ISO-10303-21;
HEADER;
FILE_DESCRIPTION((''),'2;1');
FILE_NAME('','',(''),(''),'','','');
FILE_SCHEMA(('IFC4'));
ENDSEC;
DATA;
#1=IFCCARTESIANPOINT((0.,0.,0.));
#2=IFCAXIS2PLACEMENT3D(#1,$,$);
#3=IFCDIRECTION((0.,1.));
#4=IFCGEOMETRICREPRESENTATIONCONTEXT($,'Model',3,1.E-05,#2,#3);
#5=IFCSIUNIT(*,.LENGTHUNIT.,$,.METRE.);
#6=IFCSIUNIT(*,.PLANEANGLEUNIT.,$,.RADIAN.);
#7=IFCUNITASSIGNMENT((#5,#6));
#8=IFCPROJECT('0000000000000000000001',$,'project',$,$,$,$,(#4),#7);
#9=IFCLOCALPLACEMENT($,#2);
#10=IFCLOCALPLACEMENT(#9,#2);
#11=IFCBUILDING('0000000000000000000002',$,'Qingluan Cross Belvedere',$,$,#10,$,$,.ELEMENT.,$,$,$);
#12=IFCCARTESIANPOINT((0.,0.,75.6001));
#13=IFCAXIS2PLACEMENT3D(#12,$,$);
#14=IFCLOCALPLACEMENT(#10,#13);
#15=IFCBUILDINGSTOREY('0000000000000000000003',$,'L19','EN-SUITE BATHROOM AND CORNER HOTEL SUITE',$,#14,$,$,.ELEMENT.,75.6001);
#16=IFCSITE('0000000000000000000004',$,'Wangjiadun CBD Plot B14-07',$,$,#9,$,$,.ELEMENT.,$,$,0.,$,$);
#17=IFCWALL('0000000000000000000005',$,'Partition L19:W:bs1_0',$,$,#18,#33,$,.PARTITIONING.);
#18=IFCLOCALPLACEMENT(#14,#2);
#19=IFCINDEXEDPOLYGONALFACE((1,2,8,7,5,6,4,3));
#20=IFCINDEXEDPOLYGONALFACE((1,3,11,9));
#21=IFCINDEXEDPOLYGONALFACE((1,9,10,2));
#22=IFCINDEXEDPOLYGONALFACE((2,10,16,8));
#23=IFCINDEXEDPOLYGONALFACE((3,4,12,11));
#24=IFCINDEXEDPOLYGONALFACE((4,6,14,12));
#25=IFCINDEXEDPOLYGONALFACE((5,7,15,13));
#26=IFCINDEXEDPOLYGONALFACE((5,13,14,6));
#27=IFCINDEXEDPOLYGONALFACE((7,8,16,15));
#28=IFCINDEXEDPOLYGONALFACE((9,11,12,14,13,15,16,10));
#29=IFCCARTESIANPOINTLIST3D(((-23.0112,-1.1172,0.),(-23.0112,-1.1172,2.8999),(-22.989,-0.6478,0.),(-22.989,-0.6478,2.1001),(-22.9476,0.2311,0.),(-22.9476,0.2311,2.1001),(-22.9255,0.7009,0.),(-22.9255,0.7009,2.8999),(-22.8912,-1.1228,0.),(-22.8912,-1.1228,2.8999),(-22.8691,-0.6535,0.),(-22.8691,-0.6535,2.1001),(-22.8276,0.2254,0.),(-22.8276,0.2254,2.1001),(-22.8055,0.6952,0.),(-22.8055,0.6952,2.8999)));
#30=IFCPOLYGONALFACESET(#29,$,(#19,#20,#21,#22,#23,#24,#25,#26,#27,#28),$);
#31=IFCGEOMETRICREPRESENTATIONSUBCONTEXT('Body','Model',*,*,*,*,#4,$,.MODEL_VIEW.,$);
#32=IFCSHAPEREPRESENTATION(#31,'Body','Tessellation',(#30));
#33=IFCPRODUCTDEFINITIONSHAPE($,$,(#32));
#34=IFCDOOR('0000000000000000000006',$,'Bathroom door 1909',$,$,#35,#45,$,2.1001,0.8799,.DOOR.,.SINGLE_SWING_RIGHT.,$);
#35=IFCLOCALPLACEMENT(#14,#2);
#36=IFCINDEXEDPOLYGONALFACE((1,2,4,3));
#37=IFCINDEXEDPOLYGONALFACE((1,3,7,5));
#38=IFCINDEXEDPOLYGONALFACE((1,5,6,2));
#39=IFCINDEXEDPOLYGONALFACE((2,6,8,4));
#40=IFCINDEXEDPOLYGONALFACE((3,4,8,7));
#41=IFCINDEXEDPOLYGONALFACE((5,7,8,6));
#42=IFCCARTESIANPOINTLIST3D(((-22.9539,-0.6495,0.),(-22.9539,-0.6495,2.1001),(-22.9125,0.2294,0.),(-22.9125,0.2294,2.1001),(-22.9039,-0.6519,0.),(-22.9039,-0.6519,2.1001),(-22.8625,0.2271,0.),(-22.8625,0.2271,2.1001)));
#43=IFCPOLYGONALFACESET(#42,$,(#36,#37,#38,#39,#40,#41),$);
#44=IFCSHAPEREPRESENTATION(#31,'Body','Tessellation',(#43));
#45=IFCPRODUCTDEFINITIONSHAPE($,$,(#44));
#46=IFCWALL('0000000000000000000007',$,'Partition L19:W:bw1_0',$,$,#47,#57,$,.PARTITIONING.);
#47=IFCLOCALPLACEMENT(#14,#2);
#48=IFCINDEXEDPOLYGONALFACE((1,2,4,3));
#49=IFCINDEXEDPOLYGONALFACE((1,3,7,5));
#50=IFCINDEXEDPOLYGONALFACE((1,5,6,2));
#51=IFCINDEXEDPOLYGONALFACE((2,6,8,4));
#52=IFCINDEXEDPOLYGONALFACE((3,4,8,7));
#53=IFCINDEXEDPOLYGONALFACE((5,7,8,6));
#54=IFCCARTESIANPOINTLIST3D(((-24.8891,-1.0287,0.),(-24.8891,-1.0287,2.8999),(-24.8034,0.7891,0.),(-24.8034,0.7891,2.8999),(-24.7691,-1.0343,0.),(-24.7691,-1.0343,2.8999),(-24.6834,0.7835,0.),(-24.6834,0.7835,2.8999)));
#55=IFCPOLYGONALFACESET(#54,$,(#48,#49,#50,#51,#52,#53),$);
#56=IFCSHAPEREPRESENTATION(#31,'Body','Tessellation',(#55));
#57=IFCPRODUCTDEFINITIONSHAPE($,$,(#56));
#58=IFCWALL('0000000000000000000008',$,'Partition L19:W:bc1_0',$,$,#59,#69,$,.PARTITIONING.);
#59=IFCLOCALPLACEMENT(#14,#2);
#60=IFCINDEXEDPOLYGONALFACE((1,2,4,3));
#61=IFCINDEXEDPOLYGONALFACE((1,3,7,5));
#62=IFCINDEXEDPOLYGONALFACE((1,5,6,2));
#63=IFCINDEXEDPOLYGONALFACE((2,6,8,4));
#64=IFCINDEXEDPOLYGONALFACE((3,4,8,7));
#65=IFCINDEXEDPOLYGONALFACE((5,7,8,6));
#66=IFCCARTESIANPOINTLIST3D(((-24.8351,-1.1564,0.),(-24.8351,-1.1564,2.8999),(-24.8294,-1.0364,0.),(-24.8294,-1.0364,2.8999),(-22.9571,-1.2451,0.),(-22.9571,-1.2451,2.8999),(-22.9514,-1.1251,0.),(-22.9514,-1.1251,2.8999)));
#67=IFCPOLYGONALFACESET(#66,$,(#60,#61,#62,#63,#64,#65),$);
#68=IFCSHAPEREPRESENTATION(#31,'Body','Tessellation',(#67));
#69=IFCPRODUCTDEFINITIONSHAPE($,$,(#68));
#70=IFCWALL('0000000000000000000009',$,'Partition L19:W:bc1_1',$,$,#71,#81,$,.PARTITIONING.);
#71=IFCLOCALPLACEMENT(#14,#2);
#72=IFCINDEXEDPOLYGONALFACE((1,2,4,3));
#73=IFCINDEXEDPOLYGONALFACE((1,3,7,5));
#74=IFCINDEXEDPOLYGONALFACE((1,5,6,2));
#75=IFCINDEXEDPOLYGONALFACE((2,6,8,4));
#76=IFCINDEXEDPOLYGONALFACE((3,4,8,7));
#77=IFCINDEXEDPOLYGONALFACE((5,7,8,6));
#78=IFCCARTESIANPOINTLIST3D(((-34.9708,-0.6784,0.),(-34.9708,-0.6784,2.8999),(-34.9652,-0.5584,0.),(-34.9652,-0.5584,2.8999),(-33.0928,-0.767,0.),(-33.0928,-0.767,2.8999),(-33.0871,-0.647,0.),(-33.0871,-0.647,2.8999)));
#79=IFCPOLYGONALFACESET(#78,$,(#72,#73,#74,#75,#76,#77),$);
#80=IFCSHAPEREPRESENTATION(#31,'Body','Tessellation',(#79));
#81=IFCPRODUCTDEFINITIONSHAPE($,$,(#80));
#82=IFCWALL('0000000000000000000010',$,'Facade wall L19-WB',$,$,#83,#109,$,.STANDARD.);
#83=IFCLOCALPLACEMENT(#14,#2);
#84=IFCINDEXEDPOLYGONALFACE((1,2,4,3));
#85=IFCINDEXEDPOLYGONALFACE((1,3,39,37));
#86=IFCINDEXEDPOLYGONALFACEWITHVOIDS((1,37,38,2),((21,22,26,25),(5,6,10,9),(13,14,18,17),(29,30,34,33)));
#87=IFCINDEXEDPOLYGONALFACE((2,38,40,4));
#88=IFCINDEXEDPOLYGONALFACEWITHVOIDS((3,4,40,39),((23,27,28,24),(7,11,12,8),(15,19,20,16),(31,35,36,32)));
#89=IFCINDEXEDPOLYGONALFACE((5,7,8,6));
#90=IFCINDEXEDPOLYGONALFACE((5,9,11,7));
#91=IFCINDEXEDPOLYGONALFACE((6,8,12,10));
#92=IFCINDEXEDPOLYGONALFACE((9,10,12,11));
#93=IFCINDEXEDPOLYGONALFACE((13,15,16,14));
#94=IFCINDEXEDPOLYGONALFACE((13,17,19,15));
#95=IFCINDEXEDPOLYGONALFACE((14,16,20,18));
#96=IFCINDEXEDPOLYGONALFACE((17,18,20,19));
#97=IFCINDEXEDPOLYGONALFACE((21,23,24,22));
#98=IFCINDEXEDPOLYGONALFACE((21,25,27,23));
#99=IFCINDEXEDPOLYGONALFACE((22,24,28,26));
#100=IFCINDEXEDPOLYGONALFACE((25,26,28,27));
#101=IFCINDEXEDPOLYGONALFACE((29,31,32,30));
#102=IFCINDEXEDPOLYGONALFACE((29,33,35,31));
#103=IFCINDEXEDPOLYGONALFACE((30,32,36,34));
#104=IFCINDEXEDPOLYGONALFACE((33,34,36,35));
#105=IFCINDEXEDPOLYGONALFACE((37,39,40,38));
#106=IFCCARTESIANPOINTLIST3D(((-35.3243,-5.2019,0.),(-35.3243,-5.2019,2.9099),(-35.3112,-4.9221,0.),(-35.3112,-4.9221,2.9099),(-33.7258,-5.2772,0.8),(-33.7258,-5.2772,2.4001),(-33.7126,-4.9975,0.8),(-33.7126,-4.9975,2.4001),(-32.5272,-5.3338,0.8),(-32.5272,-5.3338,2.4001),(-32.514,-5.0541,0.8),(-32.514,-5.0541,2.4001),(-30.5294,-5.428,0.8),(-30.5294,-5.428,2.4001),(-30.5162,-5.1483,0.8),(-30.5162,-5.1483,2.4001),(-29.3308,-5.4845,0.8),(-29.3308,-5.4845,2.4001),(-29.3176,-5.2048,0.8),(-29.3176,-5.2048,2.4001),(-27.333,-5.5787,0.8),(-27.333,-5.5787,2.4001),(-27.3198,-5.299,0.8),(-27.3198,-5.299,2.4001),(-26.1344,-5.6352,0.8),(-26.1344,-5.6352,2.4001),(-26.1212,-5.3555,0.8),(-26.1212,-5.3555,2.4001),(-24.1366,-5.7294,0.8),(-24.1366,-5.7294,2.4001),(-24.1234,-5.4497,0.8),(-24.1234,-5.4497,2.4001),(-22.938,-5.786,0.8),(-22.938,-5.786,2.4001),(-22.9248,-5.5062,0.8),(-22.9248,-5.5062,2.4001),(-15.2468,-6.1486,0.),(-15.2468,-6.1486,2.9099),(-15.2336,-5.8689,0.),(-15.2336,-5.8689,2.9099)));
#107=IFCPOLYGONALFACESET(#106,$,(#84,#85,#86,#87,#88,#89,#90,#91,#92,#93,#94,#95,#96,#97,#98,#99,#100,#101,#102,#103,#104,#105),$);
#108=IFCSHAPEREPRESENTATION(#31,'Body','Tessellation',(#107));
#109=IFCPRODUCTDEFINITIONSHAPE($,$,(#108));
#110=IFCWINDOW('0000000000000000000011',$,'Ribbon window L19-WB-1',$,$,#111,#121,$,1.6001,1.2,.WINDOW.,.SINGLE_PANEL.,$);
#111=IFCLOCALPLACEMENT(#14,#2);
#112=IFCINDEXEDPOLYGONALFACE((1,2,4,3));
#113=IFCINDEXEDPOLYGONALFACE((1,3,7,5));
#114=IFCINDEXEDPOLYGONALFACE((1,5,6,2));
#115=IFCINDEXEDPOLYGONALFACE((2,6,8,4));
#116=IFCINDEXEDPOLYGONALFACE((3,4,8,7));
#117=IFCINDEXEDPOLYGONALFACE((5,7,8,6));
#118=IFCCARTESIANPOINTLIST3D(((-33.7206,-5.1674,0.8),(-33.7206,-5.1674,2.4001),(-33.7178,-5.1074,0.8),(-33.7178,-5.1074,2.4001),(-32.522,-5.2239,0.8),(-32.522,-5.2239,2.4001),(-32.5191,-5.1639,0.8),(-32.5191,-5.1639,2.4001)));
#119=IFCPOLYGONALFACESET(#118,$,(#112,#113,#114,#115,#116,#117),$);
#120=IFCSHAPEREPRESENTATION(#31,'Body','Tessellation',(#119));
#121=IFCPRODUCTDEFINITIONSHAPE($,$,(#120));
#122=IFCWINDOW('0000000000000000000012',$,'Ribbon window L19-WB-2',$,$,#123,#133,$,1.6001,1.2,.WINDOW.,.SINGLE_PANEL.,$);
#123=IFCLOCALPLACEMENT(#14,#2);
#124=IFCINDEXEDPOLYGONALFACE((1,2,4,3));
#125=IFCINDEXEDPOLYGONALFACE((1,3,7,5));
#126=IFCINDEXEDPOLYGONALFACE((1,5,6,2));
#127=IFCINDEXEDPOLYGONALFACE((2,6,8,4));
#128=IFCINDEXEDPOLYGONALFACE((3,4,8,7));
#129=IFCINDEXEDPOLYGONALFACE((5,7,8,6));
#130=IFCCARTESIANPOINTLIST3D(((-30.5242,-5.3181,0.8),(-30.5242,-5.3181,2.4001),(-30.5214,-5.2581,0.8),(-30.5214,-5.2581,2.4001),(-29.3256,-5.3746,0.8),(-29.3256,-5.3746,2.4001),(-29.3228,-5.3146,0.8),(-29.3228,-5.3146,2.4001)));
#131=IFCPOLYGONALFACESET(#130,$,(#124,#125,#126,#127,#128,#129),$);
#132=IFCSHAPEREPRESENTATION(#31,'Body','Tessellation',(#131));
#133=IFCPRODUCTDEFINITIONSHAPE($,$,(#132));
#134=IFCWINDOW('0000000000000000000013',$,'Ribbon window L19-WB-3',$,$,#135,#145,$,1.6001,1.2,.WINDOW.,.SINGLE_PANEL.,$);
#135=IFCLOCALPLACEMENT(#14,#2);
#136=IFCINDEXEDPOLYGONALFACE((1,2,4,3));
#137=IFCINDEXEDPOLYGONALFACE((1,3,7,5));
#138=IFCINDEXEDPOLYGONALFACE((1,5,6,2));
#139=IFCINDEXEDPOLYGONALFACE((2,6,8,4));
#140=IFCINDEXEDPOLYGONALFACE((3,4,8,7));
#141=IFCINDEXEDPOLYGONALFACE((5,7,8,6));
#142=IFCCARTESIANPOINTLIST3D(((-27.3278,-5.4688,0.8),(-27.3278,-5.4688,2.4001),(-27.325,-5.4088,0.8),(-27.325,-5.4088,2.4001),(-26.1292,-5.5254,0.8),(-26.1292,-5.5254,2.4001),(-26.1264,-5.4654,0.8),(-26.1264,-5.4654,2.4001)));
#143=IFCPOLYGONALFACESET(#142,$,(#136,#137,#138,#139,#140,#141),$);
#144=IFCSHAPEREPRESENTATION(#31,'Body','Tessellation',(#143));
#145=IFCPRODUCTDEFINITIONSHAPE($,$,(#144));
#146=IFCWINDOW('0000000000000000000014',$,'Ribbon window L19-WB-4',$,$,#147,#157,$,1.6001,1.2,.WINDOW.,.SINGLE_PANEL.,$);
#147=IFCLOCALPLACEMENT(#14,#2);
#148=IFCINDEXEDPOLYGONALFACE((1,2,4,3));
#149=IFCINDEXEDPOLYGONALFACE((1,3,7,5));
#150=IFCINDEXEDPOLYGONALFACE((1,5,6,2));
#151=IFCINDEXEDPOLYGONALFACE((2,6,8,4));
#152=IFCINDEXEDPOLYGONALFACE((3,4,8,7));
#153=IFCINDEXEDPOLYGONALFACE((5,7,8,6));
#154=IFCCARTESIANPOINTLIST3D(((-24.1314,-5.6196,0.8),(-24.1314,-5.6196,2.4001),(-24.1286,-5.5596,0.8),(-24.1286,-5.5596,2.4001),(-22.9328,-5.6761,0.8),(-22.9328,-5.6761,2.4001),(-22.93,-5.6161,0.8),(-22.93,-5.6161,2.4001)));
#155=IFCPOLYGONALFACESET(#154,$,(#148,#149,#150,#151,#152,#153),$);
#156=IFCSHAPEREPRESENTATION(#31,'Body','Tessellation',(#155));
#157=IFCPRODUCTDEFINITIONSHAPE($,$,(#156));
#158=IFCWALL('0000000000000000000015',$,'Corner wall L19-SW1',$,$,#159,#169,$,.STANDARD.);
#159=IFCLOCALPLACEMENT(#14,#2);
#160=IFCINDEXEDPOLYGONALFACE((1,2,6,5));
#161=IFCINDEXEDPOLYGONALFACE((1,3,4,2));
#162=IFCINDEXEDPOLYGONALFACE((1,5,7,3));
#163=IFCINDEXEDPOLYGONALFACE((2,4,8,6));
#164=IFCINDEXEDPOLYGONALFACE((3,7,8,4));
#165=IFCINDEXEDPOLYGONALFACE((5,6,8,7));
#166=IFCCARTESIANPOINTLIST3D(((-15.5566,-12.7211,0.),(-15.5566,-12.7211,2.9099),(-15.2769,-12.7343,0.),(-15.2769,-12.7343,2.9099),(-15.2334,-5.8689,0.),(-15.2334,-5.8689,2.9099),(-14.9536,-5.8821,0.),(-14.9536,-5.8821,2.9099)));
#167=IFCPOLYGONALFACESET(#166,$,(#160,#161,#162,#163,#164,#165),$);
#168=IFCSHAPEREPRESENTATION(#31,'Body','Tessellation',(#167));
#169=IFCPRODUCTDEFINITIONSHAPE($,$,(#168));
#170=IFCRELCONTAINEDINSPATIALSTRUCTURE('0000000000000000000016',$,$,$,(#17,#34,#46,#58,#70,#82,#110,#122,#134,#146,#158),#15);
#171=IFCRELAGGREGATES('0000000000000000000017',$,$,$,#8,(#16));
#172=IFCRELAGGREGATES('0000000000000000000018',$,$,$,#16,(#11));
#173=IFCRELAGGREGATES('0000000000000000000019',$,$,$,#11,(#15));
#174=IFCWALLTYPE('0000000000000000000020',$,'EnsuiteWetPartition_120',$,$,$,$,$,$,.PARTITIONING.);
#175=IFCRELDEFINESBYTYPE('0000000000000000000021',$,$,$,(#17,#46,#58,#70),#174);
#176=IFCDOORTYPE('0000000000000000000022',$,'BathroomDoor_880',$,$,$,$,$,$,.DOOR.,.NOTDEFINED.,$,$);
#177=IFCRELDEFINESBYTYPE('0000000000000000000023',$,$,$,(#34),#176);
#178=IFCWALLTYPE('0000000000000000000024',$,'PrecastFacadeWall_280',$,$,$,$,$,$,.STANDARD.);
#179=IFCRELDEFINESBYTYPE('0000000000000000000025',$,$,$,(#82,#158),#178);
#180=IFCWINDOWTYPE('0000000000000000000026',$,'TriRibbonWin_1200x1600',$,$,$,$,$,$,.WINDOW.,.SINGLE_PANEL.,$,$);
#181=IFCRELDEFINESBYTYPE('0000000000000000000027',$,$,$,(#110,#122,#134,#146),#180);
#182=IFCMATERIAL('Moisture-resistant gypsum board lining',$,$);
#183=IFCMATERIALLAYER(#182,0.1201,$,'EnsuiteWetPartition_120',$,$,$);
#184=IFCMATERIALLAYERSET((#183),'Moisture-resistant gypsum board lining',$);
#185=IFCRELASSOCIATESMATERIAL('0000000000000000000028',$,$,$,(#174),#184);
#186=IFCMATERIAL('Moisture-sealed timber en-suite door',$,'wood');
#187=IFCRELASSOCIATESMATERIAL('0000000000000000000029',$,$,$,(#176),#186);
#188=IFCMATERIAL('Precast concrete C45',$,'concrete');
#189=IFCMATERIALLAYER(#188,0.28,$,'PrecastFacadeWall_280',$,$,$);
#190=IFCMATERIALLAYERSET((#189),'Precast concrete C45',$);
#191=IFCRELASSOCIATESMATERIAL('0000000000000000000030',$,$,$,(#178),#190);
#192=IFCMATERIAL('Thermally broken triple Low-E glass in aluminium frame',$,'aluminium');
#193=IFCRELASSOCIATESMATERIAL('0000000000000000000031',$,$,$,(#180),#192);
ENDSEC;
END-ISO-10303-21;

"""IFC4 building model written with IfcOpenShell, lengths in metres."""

from ifc_helpers import new_model, si_unit, direction, frame, frame_2d, origin, place, context, subcontext, project, spatial, rectangle, extrude, material, layer, layer_set, type_object, element, fill, save


model = new_model("IFC4")

# Units and contexts
model_context = context("Model", 3, precision=1e-05, world=origin(), true_north=direction((0.0, 1.0)))
body_context = subcontext(model_context, "Body", "Model", "MODEL_VIEW")
ifc_project = project(units=[si_unit("LENGTHUNIT", "METRE"), si_unit("PLANEANGLEUNIT", "RADIAN")], contexts=[model_context])

# Site, building, storey
site_placement = place(None, origin())
site = spatial("IfcSite", under=ifc_project, at=site_placement, Name="Wangjiadun CBD Plot B14-07", CompositionType="ELEMENT", RefElevation=0.0)
building_placement = place(site_placement, origin())
building = spatial("IfcBuilding", under=site, at=building_placement, Name="Qingluan Cross Belvedere", CompositionType="ELEMENT")
storey_placement = place(building_placement, frame((0.0, 0.0, 75.6001)))
storey = spatial("IfcBuildingStorey", under=building, at=storey_placement, Name="L19", Description="EN-SUITE BATHROOM AND CORNER HOTEL SUITE", CompositionType="ELEMENT", Elevation=75.6001)

# Wall, opening, door
ifc_material_1 = material(Name="Moisture-resistant gypsum board lining")
ifc_layer_1 = layer(ifc_material_1, 0.1201, Name="EnsuiteWetPartition_120")
ifc_layer_set_1 = layer_set([ifc_layer_1], Name="Moisture-resistant gypsum board lining")
wall_type_1 = type_object("IfcWallType", Name="EnsuiteWetPartition_120", PredefinedType="PARTITIONING", material=ifc_layer_set_1)
wall_1_placement = place(storey_placement, frame((-22.9512, -1.1201, 0.0), z_axis=(0.0, 0.0, 1.0), x_axis=(0.047081, 0.998891, 0.0)))
wall_1 = element("IfcWall", 1, at=wall_1_placement, inside=storey, type_object=wall_type_1, Name="Partition L19:W:bs1_0", PredefinedType="PARTITIONING", context=body_context, shape_type="SweptSolid", body=[
    extrude(rectangle(XDim=1.8201, YDim=0.1201, at=frame_2d((0.9102, 0.0))), origin(), (0.0, 0.0, 1.0), 2.8999),
])
opening_1_placement = place(wall_1_placement, frame((0.47, 0.0, 0.0)))
opening_1 = element("IfcOpeningElement", 2, at=opening_1_placement, cuts=wall_1, PredefinedType="OPENING", context=body_context, shape_type="SweptSolid", body=[
    extrude(rectangle(XDim=0.8799, YDim=2.1001, at=frame_2d((0.4399, 1.05))), frame((0.0, 0.0701, 0.0), z_axis=(0.0, -1.0, 0.0), x_axis=(1.0, 0.0, 0.0)), (0.0, 0.0, 1.0), 0.1401),
])
ifc_material_2 = material(Name="Moisture-sealed timber en-suite door", Category="wood")
door_type_1 = type_object("IfcDoorType", Name="BathroomDoor_880", OperationType="NOTDEFINED", PredefinedType="DOOR", material=ifc_material_2)
door_1_placement = place(opening_1_placement, origin())
door_1 = element("IfcDoor", 3, at=door_1_placement, inside=storey, type_object=door_type_1, Name="Bathroom door 1909", OperationType="SINGLE_SWING_RIGHT", OverallHeight=2.1001, OverallWidth=0.8799, PredefinedType="DOOR", context=body_context, shape_type="SweptSolid", body=[
    extrude(rectangle(XDim=0.8799, YDim=2.1001, at=frame_2d((0.4399, 1.05))), frame((0.0, 0.0249, 0.0), z_axis=(0.0, -1.0, 0.0), x_axis=(1.0, 0.0, 0.0)), (0.0, 0.0, 1.0), 0.05),
])
fill(opening_1, door_1)

# Walls
wall_2_placement = place(storey_placement, frame((-24.8291, -1.0315, 0.0), z_axis=(0.0, 0.0, 1.0), x_axis=(0.047087, 0.998891, 0.0)))
element("IfcWall", 4, at=wall_2_placement, inside=storey, type_object=wall_type_1, Name="Partition L19:W:bw1_0", PredefinedType="PARTITIONING", context=body_context, shape_type="SweptSolid", body=[
    extrude(rectangle(XDim=1.8198, YDim=0.1201, at=frame_2d((0.9099, 0.0))), origin(), (0.0, 0.0, 1.0), 2.8999),
])
for number, where, z_axis, x_axis, name in (
    (5, (-22.9543, -1.1851, 0.0), (0.0, 0.0, 1.0), (-0.998888, 0.047139, 0.0), "Partition L19:W:bc1_0"),
    (6, (-33.0901, -0.707, 0.0), (0.0, 0.0, 1.0), (-0.998888, 0.047139, 0.0), "Partition L19:W:bc1_1"),
):
    element("IfcWall", number, at=place(storey_placement, frame(where, z_axis=z_axis, x_axis=x_axis)), inside=storey, type_object=wall_type_1, Name=name, PredefinedType="PARTITIONING", context=body_context, shape_type="SweptSolid", body=[
        extrude(rectangle(XDim=1.8801, YDim=0.1201, at=frame_2d((0.9399, 0.0))), origin(), (0.0, 0.0, 1.0), 2.8999),
    ])

# Wall, openings, windows
ifc_material_3 = material(Name="Precast concrete C45", Category="concrete")
ifc_layer_2 = layer(ifc_material_3, 0.28, Name="PrecastFacadeWall_280")
ifc_layer_set_2 = layer_set([ifc_layer_2], Name="Precast concrete C45")
wall_type_2 = type_object("IfcWallType", Name="PrecastFacadeWall_280", PredefinedType="STANDARD", material=ifc_layer_set_2)
wall_3_placement = place(storey_placement, frame((-35.3176, -5.062, 0.0), z_axis=(0.0, 0.0, 1.0), x_axis=(0.99889, -0.047103, 0.0)))
wall_3 = element("IfcWall", 7, at=wall_3_placement, inside=storey, type_object=wall_type_2, Name="Facade wall L19-WB", PredefinedType="STANDARD", context=body_context, shape_type="SweptSolid", body=[
    extrude(rectangle(XDim=20.0999, YDim=0.28, at=frame_2d((10.0498, 0.0))), origin(), (0.0, 0.0, 1.0), 2.9099),
])
opening_2_placement = place(wall_3_placement, frame((1.6001, 0.0, 0.8)))
opening_2 = element("IfcOpeningElement", 8, at=opening_2_placement, cuts=wall_3, PredefinedType="OPENING", context=body_context, shape_type="SweptSolid", body=[
    extrude(rectangle(XDim=1.2, YDim=1.6001, at=frame_2d((0.6001, 0.8))), frame((0.0, 0.1499, 0.0), z_axis=(0.0, -1.0, 0.0), x_axis=(1.0, 0.0, 0.0)), (0.0, 0.0, 1.0), 0.3),
])
opening_3_placement = place(wall_3_placement, frame((4.8, 0.0, 0.8)))
opening_3 = element("IfcOpeningElement", 9, at=opening_3_placement, cuts=wall_3, PredefinedType="OPENING", context=body_context, shape_type="SweptSolid", body=[
    extrude(rectangle(XDim=1.2, YDim=1.6001, at=frame_2d((0.6001, 0.8))), frame((0.0, 0.1499, 0.0), z_axis=(0.0, -1.0, 0.0), x_axis=(1.0, 0.0, 0.0)), (0.0, 0.0, 1.0), 0.3),
])
opening_4_placement = place(wall_3_placement, frame((8.0, 0.0, 0.8)))
opening_4 = element("IfcOpeningElement", 10, at=opening_4_placement, cuts=wall_3, PredefinedType="OPENING", context=body_context, shape_type="SweptSolid", body=[
    extrude(rectangle(XDim=1.2, YDim=1.6001, at=frame_2d((0.6001, 0.8))), frame((0.0, 0.1499, 0.0), z_axis=(0.0, -1.0, 0.0), x_axis=(1.0, 0.0, 0.0)), (0.0, 0.0, 1.0), 0.3),
])
opening_5_placement = place(wall_3_placement, frame((11.2, 0.0, 0.8)))
opening_5 = element("IfcOpeningElement", 11, at=opening_5_placement, cuts=wall_3, PredefinedType="OPENING", context=body_context, shape_type="SweptSolid", body=[
    extrude(rectangle(XDim=1.2, YDim=1.6001, at=frame_2d((0.6001, 0.8))), frame((0.0, 0.1499, 0.0), z_axis=(0.0, -1.0, 0.0), x_axis=(1.0, 0.0, 0.0)), (0.0, 0.0, 1.0), 0.3),
])
ifc_material_4 = material(Name="Thermally broken triple Low-E glass in aluminium frame", Category="aluminium")
window_type = type_object("IfcWindowType", Name="TriRibbonWin_1200x1600", PartitioningType="SINGLE_PANEL", PredefinedType="WINDOW", material=ifc_material_4)
window_1_placement = place(opening_2_placement, origin())
window_1 = element("IfcWindow", 12, at=window_1_placement, inside=storey, type_object=window_type, Name="Ribbon window L19-WB-1", OverallHeight=1.6001, OverallWidth=1.2, PartitioningType="SINGLE_PANEL", PredefinedType="WINDOW", context=body_context, shape_type="SweptSolid", body=[
    extrude(rectangle(XDim=1.2, YDim=1.6001, at=frame_2d((0.6001, 0.8))), frame((0.0, 0.03, 0.0), z_axis=(0.0, -1.0, 0.0), x_axis=(1.0, 0.0, 0.0)), (0.0, 0.0, 1.0), 0.0601),
])
fill(opening_2, window_1)
window_2_placement = place(opening_3_placement, origin())
window_2 = element("IfcWindow", 13, at=window_2_placement, inside=storey, type_object=window_type, Name="Ribbon window L19-WB-2", OverallHeight=1.6001, OverallWidth=1.2, PartitioningType="SINGLE_PANEL", PredefinedType="WINDOW", context=body_context, shape_type="SweptSolid", body=[
    extrude(rectangle(XDim=1.2, YDim=1.6001, at=frame_2d((0.6001, 0.8))), frame((0.0, 0.03, 0.0), z_axis=(0.0, -1.0, 0.0), x_axis=(1.0, 0.0, 0.0)), (0.0, 0.0, 1.0), 0.0601),
])
fill(opening_3, window_2)
window_3_placement = place(opening_4_placement, origin())
window_3 = element("IfcWindow", 14, at=window_3_placement, inside=storey, type_object=window_type, Name="Ribbon window L19-WB-3", OverallHeight=1.6001, OverallWidth=1.2, PartitioningType="SINGLE_PANEL", PredefinedType="WINDOW", context=body_context, shape_type="SweptSolid", body=[
    extrude(rectangle(XDim=1.2, YDim=1.6001, at=frame_2d((0.6001, 0.8))), frame((0.0, 0.03, 0.0), z_axis=(0.0, -1.0, 0.0), x_axis=(1.0, 0.0, 0.0)), (0.0, 0.0, 1.0), 0.0601),
])
fill(opening_4, window_3)
window_4_placement = place(opening_5_placement, origin())
window_4 = element("IfcWindow", 15, at=window_4_placement, inside=storey, type_object=window_type, Name="Ribbon window L19-WB-4", OverallHeight=1.6001, OverallWidth=1.2, PartitioningType="SINGLE_PANEL", PredefinedType="WINDOW", context=body_context, shape_type="SweptSolid", body=[
    extrude(rectangle(XDim=1.2, YDim=1.6001, at=frame_2d((0.6001, 0.8))), frame((0.0, 0.03, 0.0), z_axis=(0.0, -1.0, 0.0), x_axis=(1.0, 0.0, 0.0)), (0.0, 0.0, 1.0), 0.0601),
])
fill(opening_5, window_4)

# Wall
wall_4_placement = place(storey_placement, frame((-15.0935, -5.8755, 0.0), z_axis=(0.0, 0.0, 1.0), x_axis=(-0.04712, -0.998889, 0.0)))
element("IfcWall", 16, at=wall_4_placement, inside=storey, type_object=wall_type_2, Name="Corner wall L19-SW1", PredefinedType="STANDARD", context=body_context, shape_type="SweptSolid", body=[
    extrude(rectangle(XDim=6.8599, YDim=0.28, at=frame_2d((3.4299, 0.0))), origin(), (0.0, 0.0, 1.0), 2.9099),
])

save(model, "model.ifc")
